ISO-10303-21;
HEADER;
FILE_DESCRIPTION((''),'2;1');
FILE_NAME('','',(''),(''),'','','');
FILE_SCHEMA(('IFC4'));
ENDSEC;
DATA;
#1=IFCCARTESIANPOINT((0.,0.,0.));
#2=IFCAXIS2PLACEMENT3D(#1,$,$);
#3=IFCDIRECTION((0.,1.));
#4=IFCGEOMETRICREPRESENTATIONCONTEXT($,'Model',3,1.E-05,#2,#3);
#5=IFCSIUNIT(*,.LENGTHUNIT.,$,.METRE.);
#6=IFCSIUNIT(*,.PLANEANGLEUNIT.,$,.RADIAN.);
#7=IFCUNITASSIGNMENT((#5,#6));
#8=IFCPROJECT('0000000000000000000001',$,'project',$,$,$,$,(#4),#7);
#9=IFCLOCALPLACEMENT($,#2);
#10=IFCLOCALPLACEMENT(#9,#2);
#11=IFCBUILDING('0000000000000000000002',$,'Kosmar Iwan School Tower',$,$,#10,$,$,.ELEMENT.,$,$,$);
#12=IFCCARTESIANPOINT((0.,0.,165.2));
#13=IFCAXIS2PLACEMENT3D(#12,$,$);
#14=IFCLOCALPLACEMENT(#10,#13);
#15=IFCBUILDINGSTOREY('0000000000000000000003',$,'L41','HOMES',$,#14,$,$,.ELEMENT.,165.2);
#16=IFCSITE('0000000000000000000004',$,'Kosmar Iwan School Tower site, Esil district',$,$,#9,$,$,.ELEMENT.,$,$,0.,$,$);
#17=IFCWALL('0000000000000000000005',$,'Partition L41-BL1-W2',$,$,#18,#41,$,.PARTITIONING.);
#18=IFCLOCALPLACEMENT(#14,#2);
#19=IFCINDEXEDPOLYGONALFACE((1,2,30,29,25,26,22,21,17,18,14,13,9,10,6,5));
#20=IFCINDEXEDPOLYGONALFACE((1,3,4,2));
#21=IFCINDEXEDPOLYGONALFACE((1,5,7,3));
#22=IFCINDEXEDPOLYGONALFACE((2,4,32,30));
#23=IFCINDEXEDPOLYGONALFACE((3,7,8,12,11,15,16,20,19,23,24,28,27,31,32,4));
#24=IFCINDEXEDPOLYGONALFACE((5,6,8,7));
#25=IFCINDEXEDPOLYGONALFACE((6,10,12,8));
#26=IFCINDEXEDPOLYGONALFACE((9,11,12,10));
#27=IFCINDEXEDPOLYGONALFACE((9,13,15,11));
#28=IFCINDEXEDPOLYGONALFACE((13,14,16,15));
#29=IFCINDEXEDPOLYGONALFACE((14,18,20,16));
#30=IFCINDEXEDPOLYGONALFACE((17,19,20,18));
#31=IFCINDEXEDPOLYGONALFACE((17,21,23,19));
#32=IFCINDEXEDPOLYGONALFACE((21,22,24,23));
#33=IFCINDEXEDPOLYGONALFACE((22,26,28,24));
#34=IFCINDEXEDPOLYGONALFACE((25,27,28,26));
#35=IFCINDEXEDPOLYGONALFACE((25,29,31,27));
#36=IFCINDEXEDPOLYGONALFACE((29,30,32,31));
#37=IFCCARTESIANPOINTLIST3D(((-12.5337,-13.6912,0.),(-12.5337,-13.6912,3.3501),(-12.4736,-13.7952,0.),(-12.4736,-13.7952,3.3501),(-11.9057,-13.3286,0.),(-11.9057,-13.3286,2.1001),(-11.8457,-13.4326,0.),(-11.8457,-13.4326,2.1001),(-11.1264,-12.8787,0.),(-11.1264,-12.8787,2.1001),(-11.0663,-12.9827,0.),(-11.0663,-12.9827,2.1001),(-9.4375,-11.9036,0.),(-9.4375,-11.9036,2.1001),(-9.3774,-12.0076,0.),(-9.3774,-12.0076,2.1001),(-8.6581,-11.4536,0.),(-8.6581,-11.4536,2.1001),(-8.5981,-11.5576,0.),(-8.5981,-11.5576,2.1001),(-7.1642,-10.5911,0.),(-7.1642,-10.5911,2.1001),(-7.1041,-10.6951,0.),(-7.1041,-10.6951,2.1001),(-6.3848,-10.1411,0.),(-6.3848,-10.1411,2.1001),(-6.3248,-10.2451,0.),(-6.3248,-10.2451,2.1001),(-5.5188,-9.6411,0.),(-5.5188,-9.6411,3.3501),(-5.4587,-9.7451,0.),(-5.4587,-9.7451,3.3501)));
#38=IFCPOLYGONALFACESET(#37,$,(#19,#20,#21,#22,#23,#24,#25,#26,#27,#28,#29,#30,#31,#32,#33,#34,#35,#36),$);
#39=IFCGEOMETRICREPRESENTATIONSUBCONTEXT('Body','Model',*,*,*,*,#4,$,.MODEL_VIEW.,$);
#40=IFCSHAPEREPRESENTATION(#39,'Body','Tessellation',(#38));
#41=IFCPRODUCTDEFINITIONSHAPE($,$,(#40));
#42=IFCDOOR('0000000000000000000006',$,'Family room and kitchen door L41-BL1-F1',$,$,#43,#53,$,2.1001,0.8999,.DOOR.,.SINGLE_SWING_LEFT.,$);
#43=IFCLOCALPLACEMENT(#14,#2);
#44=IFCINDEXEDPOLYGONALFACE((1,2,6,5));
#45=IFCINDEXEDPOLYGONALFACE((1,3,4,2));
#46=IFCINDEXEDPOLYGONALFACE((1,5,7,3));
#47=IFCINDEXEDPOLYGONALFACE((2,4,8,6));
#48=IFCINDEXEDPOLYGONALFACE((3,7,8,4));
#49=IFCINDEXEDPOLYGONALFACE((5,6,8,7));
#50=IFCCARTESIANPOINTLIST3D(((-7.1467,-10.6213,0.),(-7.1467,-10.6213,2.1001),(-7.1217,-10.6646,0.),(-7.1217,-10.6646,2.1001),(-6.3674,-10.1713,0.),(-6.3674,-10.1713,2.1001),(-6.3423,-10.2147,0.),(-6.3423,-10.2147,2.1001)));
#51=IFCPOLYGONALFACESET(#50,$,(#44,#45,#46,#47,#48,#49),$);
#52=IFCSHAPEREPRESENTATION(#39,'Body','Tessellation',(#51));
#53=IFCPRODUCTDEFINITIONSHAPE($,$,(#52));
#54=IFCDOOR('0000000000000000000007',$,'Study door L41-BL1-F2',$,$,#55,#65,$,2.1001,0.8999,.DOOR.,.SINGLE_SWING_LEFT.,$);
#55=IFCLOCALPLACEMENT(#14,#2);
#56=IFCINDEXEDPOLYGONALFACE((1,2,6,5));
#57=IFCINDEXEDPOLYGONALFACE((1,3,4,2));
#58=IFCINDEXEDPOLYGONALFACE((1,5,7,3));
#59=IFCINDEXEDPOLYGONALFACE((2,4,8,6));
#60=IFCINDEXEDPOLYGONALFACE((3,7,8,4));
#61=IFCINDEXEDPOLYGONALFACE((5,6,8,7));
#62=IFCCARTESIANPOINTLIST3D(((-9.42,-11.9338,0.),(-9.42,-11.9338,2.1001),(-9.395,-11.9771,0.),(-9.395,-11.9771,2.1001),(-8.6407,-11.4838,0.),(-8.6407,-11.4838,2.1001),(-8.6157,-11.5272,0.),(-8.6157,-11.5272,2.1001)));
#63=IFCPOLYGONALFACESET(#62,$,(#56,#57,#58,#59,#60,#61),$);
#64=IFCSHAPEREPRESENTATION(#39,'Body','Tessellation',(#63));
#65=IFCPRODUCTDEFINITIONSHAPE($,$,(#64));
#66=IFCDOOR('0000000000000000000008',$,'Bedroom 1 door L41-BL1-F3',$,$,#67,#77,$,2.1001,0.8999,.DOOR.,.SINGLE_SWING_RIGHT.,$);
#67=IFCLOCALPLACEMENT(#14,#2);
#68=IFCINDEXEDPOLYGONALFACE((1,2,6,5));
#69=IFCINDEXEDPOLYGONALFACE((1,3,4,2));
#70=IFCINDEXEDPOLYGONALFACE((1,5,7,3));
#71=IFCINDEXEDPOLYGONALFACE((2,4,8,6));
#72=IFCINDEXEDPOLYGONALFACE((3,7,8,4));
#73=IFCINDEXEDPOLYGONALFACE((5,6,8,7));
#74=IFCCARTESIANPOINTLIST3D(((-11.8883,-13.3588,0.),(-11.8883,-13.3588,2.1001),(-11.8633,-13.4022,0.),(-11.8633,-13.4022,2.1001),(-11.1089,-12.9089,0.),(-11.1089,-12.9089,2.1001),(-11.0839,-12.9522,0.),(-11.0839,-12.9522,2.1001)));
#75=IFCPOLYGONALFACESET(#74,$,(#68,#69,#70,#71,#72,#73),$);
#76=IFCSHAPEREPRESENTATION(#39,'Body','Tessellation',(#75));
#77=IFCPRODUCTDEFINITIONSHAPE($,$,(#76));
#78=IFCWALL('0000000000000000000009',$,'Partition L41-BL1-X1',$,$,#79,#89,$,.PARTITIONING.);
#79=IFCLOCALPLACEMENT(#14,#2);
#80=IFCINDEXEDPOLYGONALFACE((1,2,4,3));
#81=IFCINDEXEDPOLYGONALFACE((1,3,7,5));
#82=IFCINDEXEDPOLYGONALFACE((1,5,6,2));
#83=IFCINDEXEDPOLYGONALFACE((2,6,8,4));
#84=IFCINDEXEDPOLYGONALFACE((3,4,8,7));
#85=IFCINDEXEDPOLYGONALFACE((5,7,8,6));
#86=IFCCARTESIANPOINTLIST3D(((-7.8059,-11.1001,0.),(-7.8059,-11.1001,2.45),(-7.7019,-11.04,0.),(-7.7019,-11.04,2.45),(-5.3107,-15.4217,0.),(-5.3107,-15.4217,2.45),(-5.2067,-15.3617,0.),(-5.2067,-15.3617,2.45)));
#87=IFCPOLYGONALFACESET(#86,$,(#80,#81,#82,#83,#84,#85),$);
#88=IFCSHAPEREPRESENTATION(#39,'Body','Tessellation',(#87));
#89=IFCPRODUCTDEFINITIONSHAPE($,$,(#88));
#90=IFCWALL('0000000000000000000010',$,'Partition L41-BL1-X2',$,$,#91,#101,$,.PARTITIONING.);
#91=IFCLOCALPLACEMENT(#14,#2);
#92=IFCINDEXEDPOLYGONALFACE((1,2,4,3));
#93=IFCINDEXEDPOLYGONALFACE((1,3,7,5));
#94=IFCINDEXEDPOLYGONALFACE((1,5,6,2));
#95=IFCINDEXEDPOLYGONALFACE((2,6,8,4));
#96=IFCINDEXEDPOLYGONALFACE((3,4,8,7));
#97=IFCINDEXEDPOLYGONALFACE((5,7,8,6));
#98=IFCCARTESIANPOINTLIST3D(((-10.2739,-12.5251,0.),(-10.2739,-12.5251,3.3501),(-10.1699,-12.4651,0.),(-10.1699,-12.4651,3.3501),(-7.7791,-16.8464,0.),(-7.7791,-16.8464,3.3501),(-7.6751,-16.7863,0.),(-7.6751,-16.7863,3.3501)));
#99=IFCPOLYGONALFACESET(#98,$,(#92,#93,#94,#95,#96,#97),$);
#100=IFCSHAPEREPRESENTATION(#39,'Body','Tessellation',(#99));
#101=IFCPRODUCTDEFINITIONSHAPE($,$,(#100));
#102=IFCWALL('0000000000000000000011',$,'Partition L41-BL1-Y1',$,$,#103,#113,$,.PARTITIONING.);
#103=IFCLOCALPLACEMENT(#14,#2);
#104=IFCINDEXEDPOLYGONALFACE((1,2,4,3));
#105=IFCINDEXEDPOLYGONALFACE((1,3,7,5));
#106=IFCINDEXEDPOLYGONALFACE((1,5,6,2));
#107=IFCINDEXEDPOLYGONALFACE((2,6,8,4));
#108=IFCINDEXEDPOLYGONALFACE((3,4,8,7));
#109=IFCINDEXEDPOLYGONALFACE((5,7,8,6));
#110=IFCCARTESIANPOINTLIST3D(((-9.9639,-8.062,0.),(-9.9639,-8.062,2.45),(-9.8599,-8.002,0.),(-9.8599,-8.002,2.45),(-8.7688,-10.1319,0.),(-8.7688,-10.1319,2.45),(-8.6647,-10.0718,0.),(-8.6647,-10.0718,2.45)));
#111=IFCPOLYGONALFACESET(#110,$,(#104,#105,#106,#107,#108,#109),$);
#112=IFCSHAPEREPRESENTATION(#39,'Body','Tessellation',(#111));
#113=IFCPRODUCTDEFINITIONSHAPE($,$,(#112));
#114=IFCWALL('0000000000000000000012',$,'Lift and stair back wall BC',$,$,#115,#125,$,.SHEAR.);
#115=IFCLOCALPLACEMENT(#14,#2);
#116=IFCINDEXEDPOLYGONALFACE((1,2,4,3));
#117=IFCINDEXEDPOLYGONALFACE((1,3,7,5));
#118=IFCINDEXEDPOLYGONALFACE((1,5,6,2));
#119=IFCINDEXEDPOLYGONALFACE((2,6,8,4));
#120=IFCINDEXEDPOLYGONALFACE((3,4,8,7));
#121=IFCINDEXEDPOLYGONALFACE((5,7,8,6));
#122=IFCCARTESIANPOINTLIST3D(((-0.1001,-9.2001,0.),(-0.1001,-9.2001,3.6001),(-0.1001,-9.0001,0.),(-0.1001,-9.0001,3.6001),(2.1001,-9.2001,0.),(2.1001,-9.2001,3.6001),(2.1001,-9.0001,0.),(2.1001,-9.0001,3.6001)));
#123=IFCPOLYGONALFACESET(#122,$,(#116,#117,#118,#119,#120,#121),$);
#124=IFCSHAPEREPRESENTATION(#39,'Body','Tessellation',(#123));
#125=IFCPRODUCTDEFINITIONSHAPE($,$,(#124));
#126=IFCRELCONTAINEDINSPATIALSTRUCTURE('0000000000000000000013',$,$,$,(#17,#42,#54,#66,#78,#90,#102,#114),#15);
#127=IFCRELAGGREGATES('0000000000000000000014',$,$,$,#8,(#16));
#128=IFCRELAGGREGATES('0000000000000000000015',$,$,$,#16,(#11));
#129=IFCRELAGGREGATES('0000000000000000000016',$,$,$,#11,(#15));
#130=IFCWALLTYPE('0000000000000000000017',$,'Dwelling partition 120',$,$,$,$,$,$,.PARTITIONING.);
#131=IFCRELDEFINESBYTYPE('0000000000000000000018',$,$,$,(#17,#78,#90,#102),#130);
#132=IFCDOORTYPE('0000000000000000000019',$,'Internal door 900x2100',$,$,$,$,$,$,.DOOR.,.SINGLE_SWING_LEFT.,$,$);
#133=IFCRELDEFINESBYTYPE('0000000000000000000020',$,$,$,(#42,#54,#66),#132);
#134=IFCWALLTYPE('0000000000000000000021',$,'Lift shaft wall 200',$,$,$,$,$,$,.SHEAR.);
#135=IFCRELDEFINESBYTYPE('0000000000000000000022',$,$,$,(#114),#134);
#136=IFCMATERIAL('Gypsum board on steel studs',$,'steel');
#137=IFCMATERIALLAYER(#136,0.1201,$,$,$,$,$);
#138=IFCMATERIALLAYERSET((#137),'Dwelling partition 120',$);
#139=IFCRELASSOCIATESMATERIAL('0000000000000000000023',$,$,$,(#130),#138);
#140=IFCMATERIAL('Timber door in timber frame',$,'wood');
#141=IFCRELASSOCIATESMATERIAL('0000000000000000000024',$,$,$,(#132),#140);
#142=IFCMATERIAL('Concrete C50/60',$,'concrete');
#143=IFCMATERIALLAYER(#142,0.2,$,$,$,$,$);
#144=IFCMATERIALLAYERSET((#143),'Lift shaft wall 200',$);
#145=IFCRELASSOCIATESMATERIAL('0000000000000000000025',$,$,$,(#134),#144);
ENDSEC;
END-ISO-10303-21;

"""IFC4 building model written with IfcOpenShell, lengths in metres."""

from ifc_helpers import new_model, si_unit, direction, frame, frame_2d, origin, place, context, subcontext, project, spatial, rectangle, extrude, material, layer, layer_set, type_object, element, fill, save


model = new_model("IFC4")

# Units and contexts
model_context = context("Model", 3, precision=1e-05, world=origin(), true_north=direction((0.0, 1.0)))
body_context = subcontext(model_context, "Body", "Model", "MODEL_VIEW")
ifc_project = project(units=[si_unit("LENGTHUNIT", "METRE"), si_unit("PLANEANGLEUNIT", "RADIAN")], contexts=[model_context])

# Site, building, storey
site_placement = place(None, origin())
site = spatial("IfcSite", under=ifc_project, at=site_placement, Name="Kosmar Iwan School Tower site, Esil district", CompositionType="ELEMENT", RefElevation=0.0)
building_placement = place(site_placement, origin())
building = spatial("IfcBuilding", under=site, at=building_placement, Name="Kosmar Iwan School Tower", CompositionType="ELEMENT")
storey_placement = place(building_placement, frame((0.0, 0.0, 165.2)))
storey = spatial("IfcBuildingStorey", under=building, at=storey_placement, Name="L41", Description="HOMES", CompositionType="ELEMENT", Elevation=165.2)

# Wall, openings, doors
ifc_material_1 = material(Name="Gypsum board on steel studs", Category="steel")
ifc_layer_1 = layer(ifc_material_1, 0.1201)
ifc_layer_set_1 = layer_set([ifc_layer_1], Name="Dwelling partition 120")
wall_type_1 = type_object("IfcWallType", Name="Dwelling partition 120", PredefinedType="PARTITIONING", material=ifc_layer_set_1)
ifc_material_2 = material(Name="Timber door in timber frame", Category="wood")
door_type_1 = type_object("IfcDoorType", Name="Internal door 900x2100", OperationType="SINGLE_SWING_LEFT", PredefinedType="DOOR", material=ifc_material_2)
wall_1_placement = place(storey_placement, frame((-5.4888, -9.6931, 0.0), z_axis=(0.0, 0.0, 1.0), x_axis=(-0.866025, -0.5, 0.0)))
wall_1 = element("IfcWall", 1, at=wall_1_placement, inside=storey, type_object=wall_type_1, Name="Partition L41-BL1-W2", PredefinedType="PARTITIONING", context=body_context, shape_type="SweptSolid", body=[
    extrude(rectangle(XDim=8.1001, YDim=0.1201, at=frame_2d((4.05, 0.0))), origin(), (0.0, 0.0, 1.0), 3.3501),
])
opening_1_placement = place(wall_1_placement, frame((1.0, 0.0, 0.0)))
opening_1 = element("IfcOpeningElement", 2, at=opening_1_placement, cuts=wall_1, PredefinedType="OPENING", context=body_context, shape_type="SweptSolid", body=[
    extrude(rectangle(XDim=0.8999, YDim=2.1001, at=frame_2d((0.45, 1.05))), frame((0.0, 0.072, 0.0), z_axis=(0.0, -1.0, 0.0), x_axis=(1.0, 0.0, 0.0)), (0.0, 0.0, 1.0), 0.144),
])
opening_2_placement = place(wall_1_placement, frame((3.625, 0.0, 0.0)))
opening_2 = element("IfcOpeningElement", 3, at=opening_2_placement, cuts=wall_1, PredefinedType="OPENING", context=body_context, shape_type="SweptSolid", body=[
    extrude(rectangle(XDim=0.8999, YDim=2.1001, at=frame_2d((0.45, 1.05))), frame((0.0, 0.072, 0.0), z_axis=(0.0, -1.0, 0.0), x_axis=(1.0, 0.0, 0.0)), (0.0, 0.0, 1.0), 0.144),
])
opening_3_placement = place(wall_1_placement, frame((6.4751, 0.0, 0.0)))
opening_3 = element("IfcOpeningElement", 4, at=opening_3_placement, cuts=wall_1, PredefinedType="OPENING", context=body_context, shape_type="SweptSolid", body=[
    extrude(rectangle(XDim=0.8999, YDim=2.1001, at=frame_2d((0.45, 1.05))), frame((0.0, 0.072, 0.0), z_axis=(0.0, -1.0, 0.0), x_axis=(1.0, 0.0, 0.0)), (0.0, 0.0, 1.0), 0.144),
])
door_1_placement = place(opening_1_placement, origin())
door_1 = element("IfcDoor", 5, at=door_1_placement, inside=storey, type_object=door_type_1, Name="Family room and kitchen door L41-BL1-F1", OperationType="SINGLE_SWING_LEFT", OverallHeight=2.1001, OverallWidth=0.8999, PredefinedType="DOOR", context=body_context, shape_type="SweptSolid", body=[
    extrude(rectangle(XDim=0.8999, YDim=2.1001, at=frame_2d((0.45, 1.05))), frame((0.0, 0.0249, 0.0), z_axis=(0.0, -1.0, 0.0), x_axis=(1.0, 0.0, 0.0)), (0.0, 0.0, 1.0), 0.05),
])
fill(opening_1, door_1)
door_2_placement = place(opening_2_placement, origin())
door_2 = element("IfcDoor", 6, at=door_2_placement, inside=storey, type_object=door_type_1, Name="Study door L41-BL1-F2", OperationType="SINGLE_SWING_LEFT", OverallHeight=2.1001, OverallWidth=0.8999, PredefinedType="DOOR", context=body_context, shape_type="SweptSolid", body=[
    extrude(rectangle(XDim=0.8999, YDim=2.1001, at=frame_2d((0.45, 1.05))), frame((0.0, 0.0249, 0.0), z_axis=(0.0, -1.0, 0.0), x_axis=(1.0, 0.0, 0.0)), (0.0, 0.0, 1.0), 0.05),
])
fill(opening_2, door_2)
door_3_placement = place(opening_3_placement, origin())
door_3 = element("IfcDoor", 7, at=door_3_placement, inside=storey, type_object=door_type_1, Name="Bedroom 1 door L41-BL1-F3", OperationType="SINGLE_SWING_RIGHT", OverallHeight=2.1001, OverallWidth=0.8999, PredefinedType="DOOR", context=body_context, shape_type="SweptSolid", body=[
    extrude(rectangle(XDim=0.8999, YDim=2.1001, at=frame_2d((0.45, 1.05))), frame((0.0, 0.0249, 0.0), z_axis=(0.0, -1.0, 0.0), x_axis=(1.0, 0.0, 0.0)), (0.0, 0.0, 1.0), 0.05),
])
fill(opening_3, door_3)

# Walls
wall_2_placement = place(storey_placement, frame((-7.7539, -11.0701, 0.0), z_axis=(0.0, 0.0, 1.0), x_axis=(0.500012, -0.866019, 0.0)))
element("IfcWall", 8, at=wall_2_placement, inside=storey, type_object=wall_type_1, Name="Partition L41-BL1-X1", PredefinedType="PARTITIONING", context=body_context, shape_type="SweptSolid", body=[
    extrude(rectangle(XDim=4.9902, YDim=0.1201, at=frame_2d((2.4951, 0.0))), origin(), (0.0, 0.0, 1.0), 2.45),
])
wall_3_placement = place(storey_placement, frame((-10.2219, -12.4951, 0.0), z_axis=(0.0, 0.0, 1.0), x_axis=(0.499996, -0.866028, 0.0)))
element("IfcWall", 9, at=wall_3_placement, inside=storey, type_object=wall_type_1, Name="Partition L41-BL1-X2", PredefinedType="PARTITIONING", context=body_context, shape_type="SweptSolid", body=[
    extrude(rectangle(XDim=4.9897, YDim=0.1201, at=frame_2d((2.4949, 0.0))), origin(), (0.0, 0.0, 1.0), 3.3501),
])
wall_4_placement = place(storey_placement, frame((-9.9119, -8.032, 0.0), z_axis=(0.0, 0.0, 1.0), x_axis=(0.500017, -0.866015, 0.0)))
element("IfcWall", 10, at=wall_4_placement, inside=storey, type_object=wall_type_1, Name="Partition L41-BL1-Y1", PredefinedType="PARTITIONING", context=body_context, shape_type="SweptSolid", body=[
    extrude(rectangle(XDim=2.3901, YDim=0.1201, at=frame_2d((1.1951, 0.0))), origin(), (0.0, 0.0, 1.0), 2.45),
])
ifc_material_3 = material(Name="Concrete C50/60", Category="concrete")
ifc_layer_2 = layer(ifc_material_3, 0.2)
ifc_layer_set_2 = layer_set([ifc_layer_2], Name="Lift shaft wall 200")
wall_type_2 = type_object("IfcWallType", Name="Lift shaft wall 200", PredefinedType="SHEAR", material=ifc_layer_set_2)
wall_5_placement = place(storey_placement, frame((-0.1001, -9.1001, 0.0), z_axis=(0.0, 0.0, 1.0), x_axis=(1.0, 0.0, 0.0)))
element("IfcWall", 11, at=wall_5_placement, inside=storey, type_object=wall_type_2, Name="Lift and stair back wall BC", PredefinedType="SHEAR", context=body_context, shape_type="SweptSolid", body=[
    extrude(rectangle(XDim=2.2002, YDim=0.2, at=frame_2d((1.1001, 0.0))), origin(), (0.0, 0.0, 1.0), 3.6001),
])

save(model, "model.ifc")
